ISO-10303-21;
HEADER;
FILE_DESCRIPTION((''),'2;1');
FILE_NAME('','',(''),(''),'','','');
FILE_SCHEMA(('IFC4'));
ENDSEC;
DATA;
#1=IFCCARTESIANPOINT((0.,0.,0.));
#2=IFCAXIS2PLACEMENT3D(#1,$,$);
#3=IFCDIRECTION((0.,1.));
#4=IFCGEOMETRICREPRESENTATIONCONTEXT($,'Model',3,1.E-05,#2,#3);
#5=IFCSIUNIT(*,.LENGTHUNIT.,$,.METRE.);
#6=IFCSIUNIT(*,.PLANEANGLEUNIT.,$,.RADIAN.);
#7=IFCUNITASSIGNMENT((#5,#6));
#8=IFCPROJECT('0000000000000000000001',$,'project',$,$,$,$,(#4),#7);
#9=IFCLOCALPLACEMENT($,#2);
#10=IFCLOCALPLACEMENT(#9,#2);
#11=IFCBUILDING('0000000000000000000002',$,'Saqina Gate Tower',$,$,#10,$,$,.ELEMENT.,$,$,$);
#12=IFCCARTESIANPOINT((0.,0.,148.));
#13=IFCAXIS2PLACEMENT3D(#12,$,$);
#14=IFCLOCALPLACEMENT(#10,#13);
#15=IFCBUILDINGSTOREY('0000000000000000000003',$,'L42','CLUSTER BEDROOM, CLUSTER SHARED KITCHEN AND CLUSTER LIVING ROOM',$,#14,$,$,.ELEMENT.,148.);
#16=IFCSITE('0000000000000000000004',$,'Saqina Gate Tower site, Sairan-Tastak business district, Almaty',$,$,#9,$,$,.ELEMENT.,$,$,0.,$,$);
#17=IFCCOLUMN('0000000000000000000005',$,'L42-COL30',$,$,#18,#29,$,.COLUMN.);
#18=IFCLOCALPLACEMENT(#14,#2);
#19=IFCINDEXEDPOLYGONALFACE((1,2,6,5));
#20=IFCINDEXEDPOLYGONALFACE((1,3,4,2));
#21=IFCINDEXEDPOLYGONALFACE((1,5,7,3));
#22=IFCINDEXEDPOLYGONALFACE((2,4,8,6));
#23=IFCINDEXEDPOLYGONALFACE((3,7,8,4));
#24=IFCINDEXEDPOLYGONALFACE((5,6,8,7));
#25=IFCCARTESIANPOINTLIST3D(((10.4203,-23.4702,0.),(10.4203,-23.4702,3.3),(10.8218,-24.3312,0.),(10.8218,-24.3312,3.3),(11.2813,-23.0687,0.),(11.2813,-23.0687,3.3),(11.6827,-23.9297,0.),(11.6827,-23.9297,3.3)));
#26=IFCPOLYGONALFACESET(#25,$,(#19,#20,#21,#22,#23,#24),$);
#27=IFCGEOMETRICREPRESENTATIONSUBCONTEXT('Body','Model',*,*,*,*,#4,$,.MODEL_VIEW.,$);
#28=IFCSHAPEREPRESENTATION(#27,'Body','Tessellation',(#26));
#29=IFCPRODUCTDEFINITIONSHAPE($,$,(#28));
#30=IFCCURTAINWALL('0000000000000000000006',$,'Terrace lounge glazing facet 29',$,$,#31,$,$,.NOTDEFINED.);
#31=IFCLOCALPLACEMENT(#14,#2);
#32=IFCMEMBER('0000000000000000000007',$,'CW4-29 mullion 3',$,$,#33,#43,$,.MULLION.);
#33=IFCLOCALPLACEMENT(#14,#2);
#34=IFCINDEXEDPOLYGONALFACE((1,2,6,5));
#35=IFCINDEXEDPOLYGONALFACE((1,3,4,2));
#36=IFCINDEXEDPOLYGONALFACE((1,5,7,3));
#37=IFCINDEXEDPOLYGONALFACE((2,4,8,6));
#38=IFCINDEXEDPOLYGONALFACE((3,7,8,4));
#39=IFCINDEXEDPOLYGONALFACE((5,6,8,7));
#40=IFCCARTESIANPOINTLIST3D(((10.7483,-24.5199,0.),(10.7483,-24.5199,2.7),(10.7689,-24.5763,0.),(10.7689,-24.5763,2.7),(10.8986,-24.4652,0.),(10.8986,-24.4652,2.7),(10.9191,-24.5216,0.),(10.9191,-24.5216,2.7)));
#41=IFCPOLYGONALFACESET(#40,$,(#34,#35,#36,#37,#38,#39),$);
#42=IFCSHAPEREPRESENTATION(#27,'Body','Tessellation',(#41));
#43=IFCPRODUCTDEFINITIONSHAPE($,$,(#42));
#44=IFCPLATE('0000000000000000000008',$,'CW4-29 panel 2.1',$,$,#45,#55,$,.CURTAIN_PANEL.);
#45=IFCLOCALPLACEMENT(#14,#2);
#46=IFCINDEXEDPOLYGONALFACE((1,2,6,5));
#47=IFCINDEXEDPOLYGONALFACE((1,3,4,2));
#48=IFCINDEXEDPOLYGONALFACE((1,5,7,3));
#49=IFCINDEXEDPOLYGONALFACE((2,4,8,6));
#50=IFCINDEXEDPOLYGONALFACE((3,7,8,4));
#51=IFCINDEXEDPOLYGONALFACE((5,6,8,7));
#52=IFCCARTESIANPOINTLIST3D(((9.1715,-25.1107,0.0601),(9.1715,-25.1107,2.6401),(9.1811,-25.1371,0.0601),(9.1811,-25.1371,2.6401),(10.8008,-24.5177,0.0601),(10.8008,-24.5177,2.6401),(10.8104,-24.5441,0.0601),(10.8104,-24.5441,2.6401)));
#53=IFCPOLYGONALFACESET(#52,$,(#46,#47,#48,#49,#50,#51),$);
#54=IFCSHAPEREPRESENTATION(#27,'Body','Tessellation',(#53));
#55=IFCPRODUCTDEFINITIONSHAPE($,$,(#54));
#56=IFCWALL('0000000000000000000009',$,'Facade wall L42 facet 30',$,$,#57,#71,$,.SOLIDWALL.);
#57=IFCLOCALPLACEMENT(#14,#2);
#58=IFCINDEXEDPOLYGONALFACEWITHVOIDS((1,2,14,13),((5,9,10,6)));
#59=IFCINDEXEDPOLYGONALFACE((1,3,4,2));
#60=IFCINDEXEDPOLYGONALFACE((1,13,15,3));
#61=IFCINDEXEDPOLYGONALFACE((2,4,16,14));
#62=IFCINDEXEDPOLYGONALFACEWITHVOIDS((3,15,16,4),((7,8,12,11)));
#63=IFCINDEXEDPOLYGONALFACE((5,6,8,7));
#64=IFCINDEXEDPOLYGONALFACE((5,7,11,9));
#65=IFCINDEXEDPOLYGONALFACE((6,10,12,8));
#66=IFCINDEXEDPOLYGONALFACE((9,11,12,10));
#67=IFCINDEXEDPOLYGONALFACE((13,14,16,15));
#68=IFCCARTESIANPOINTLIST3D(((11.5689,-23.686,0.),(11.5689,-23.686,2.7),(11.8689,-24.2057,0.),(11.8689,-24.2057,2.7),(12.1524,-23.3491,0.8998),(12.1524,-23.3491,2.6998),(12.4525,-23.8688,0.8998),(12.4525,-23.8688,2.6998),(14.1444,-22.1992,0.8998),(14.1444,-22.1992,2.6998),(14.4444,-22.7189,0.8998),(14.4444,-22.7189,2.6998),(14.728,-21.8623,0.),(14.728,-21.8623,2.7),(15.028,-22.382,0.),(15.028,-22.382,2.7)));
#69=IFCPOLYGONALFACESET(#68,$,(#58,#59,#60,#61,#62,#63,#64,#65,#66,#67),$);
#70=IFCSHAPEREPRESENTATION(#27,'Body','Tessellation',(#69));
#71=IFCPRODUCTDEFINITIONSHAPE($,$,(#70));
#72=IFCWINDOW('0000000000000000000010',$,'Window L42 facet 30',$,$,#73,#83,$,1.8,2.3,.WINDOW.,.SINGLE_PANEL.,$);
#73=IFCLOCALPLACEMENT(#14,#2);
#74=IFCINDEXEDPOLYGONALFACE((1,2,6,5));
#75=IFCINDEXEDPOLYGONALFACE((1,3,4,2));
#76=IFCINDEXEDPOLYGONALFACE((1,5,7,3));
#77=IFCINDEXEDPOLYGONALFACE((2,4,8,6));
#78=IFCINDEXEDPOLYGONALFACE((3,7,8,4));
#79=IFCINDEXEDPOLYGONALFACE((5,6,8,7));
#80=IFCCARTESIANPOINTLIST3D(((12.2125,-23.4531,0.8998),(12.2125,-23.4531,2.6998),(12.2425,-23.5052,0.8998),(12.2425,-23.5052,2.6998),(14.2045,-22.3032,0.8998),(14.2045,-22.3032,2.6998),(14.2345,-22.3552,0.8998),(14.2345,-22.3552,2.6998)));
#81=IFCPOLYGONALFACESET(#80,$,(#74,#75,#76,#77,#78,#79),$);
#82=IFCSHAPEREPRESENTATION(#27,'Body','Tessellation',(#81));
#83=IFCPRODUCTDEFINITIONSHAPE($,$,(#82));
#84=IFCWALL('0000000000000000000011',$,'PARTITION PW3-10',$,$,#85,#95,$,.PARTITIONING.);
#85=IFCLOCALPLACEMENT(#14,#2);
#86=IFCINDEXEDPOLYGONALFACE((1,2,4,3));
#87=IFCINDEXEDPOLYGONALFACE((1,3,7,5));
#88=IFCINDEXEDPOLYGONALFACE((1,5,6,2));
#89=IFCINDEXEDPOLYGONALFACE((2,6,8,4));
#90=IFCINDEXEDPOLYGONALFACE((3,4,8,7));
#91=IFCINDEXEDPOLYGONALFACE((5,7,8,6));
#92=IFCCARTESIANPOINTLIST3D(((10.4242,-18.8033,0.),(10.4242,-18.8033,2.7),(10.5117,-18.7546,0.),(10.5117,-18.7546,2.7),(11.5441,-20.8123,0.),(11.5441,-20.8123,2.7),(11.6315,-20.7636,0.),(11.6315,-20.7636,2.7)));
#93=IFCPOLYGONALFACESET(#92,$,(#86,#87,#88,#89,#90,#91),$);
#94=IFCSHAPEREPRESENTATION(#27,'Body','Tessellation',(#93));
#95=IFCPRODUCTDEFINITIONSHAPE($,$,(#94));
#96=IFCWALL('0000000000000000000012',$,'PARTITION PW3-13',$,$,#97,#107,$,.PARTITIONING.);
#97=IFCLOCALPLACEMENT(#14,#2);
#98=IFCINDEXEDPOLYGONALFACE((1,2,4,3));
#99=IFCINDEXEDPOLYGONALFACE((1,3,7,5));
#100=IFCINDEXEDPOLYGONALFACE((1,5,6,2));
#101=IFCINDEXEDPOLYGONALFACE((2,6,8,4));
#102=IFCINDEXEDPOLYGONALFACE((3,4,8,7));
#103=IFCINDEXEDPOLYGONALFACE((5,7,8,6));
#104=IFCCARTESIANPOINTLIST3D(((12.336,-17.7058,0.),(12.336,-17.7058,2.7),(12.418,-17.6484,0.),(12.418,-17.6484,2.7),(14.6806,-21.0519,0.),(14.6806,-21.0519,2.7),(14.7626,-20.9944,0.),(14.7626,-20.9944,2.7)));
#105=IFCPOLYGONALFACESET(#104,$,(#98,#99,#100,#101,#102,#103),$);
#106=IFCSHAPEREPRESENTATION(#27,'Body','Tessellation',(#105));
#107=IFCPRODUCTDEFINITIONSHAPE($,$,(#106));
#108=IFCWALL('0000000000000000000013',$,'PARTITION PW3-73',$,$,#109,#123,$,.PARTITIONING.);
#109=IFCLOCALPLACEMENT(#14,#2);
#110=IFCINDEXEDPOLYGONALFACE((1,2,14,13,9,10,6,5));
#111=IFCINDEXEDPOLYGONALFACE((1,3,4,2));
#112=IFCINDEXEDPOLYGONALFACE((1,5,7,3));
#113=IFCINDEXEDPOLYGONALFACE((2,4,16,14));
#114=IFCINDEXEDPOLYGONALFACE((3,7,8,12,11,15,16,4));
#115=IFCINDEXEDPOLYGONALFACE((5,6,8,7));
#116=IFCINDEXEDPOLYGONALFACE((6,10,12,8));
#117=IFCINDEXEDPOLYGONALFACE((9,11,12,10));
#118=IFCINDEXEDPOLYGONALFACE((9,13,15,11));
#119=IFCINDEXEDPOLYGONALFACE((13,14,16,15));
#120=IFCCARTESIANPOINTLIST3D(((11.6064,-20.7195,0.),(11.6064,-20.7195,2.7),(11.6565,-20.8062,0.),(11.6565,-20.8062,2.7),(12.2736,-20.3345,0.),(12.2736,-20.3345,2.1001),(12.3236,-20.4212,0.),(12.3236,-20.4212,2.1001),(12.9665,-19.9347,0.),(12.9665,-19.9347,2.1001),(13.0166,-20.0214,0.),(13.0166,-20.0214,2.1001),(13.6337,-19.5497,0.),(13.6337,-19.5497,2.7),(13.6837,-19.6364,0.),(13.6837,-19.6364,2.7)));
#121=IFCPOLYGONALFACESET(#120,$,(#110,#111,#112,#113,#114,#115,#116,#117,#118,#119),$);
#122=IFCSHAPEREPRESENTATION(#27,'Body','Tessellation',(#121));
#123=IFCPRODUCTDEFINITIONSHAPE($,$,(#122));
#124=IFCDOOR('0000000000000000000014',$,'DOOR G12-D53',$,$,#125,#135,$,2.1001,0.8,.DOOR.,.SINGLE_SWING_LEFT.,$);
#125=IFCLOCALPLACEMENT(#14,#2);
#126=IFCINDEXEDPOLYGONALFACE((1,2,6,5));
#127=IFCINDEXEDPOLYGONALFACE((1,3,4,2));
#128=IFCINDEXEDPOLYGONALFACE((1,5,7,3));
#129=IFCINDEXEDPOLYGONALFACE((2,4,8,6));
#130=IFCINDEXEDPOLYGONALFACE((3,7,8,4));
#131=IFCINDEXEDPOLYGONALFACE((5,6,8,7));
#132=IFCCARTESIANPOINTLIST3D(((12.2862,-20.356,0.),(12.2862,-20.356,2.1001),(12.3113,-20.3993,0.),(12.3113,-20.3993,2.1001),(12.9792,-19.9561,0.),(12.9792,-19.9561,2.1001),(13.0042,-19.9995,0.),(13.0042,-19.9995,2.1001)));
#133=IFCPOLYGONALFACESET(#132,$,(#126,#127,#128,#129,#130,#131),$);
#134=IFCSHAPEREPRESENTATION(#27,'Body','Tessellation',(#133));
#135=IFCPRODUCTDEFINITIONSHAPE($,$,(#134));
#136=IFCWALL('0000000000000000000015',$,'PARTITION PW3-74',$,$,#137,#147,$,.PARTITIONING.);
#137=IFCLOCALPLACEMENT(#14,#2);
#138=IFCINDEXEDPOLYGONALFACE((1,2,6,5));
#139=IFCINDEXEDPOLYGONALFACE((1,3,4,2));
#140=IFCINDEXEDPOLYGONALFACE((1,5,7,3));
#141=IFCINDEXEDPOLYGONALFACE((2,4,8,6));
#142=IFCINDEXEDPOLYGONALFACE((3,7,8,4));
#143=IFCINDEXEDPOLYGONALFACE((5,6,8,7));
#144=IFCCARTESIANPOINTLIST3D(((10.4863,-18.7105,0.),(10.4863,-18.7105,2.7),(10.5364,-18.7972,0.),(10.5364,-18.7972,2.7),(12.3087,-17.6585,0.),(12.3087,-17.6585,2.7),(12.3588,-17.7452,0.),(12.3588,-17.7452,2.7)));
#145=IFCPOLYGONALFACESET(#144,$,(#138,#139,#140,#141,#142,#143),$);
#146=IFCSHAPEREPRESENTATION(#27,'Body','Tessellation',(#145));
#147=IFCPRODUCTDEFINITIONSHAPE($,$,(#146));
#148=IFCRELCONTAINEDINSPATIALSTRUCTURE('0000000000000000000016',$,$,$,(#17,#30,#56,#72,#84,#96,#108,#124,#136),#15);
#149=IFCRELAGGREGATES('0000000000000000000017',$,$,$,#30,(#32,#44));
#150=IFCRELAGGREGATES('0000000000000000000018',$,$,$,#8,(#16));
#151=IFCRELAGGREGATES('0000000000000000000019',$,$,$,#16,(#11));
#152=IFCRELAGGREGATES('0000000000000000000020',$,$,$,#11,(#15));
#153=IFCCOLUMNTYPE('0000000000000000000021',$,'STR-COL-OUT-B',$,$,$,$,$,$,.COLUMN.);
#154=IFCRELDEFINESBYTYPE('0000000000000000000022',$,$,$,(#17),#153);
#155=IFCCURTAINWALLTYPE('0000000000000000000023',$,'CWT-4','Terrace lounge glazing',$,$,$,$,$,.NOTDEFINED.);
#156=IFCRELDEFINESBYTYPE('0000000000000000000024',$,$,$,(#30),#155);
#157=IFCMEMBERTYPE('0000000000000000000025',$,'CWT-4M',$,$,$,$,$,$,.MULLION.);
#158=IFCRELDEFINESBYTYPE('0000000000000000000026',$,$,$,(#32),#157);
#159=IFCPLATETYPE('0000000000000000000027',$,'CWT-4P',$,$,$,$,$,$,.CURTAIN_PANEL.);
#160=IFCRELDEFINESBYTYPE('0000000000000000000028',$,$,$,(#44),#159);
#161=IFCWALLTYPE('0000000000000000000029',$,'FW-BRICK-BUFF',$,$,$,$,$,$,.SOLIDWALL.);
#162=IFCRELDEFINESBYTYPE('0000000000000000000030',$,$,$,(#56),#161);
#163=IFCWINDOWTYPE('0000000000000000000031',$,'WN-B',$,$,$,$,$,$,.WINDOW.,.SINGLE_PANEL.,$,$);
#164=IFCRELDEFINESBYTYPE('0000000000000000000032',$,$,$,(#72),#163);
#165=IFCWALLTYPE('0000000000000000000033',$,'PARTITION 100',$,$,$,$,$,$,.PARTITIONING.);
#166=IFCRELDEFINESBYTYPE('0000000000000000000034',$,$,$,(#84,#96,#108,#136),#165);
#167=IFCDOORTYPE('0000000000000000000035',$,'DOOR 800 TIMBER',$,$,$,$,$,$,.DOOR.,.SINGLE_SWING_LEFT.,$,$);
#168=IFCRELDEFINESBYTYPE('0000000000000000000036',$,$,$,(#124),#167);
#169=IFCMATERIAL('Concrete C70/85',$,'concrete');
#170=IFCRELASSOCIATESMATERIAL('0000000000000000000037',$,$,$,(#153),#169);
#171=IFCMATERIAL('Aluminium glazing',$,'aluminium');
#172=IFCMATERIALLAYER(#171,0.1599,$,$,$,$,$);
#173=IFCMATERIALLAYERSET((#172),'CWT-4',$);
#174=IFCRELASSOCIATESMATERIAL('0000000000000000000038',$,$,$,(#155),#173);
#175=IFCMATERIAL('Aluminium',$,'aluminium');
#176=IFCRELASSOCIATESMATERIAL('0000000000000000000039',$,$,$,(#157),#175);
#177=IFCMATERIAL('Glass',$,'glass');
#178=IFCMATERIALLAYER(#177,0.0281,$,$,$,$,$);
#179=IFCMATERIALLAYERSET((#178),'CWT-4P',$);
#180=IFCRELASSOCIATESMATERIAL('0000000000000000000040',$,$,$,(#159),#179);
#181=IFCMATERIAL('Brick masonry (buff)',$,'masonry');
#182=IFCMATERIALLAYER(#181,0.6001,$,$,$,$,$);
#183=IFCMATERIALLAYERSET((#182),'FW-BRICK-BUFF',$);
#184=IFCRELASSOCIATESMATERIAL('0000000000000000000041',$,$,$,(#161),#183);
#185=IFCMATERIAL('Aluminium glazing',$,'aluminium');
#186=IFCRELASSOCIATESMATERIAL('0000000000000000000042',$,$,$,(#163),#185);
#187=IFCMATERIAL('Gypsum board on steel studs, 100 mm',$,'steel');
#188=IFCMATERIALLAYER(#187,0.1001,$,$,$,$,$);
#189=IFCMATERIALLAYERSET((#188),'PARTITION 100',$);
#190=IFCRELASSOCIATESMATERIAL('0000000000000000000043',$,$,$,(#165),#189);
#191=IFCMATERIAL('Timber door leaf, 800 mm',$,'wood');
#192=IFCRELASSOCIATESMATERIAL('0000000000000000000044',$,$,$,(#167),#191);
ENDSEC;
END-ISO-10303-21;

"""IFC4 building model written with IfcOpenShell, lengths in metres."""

from ifc_helpers import new_model, si_unit, direction, frame, frame_2d, origin, origin_2d, place, context, subcontext, project, spatial, rectangle, extrude, material, layer, layer_set, material_profile, profile_set, type_object, element, fill, aggregate, save


model = new_model("IFC4")

# Units and contexts
model_context = context("Model", 3, precision=1e-05, world=origin(), true_north=direction((0.0, 1.0)))
body_context = subcontext(model_context, "Body", "Model", "MODEL_VIEW")
ifc_project = project(units=[si_unit("LENGTHUNIT", "METRE"), si_unit("PLANEANGLEUNIT", "RADIAN")], contexts=[model_context])

# Site, building, storey
site_placement = place(None, origin())
site = spatial("IfcSite", under=ifc_project, at=site_placement, Name="Saqina Gate Tower site, Sairan-Tastak business district, Almaty", CompositionType="ELEMENT", RefElevation=0.0)
building_placement = place(site_placement, origin())
building = spatial("IfcBuilding", under=site, at=building_placement, Name="Saqina Gate Tower", CompositionType="ELEMENT")
storey_placement = place(building_placement, frame((0.0, 0.0, 148.0)))
storey = spatial("IfcBuildingStorey", under=building, at=storey_placement, Name="L42", Description="CLUSTER BEDROOM, CLUSTER SHARED KITCHEN AND CLUSTER LIVING ROOM", CompositionType="ELEMENT", Elevation=148.0)

# Column
ifc_material_1 = material(Name="Concrete C70/85", Category="concrete")
ifc_material_profile_1 = material_profile(ifc_material_1, rectangle(XDim=0.95, YDim=0.95, at=origin_2d()), Name="RC 950x950")
ifc_profile_set_1 = profile_set([ifc_material_profile_1], Name="Concrete C70/85")
column_type = type_object("IfcColumnType", Name="STR-COL-OUT-B", PredefinedType="COLUMN", material=ifc_profile_set_1)
column_placement = place(storey_placement, frame((11.0515, -23.7, 0.0), z_axis=(0.0, 0.0, 1.0), x_axis=(0.422618, -0.906308, 0.0)))
element("IfcColumn", 1, at=column_placement, inside=storey, type_object=column_type, Name="L42-COL30", PredefinedType="COLUMN", context=body_context, shape_type="SweptSolid", body=[
    extrude(rectangle(XDim=0.95, YDim=0.95, at=origin_2d()), origin(), (0.0, 0.0, 1.0), 3.3),
])

# Curtain wall, member, plate
ifc_material_2 = material(Name="Aluminium glazing", Category="aluminium")
ifc_layer_1 = layer(ifc_material_2, 0.1599)
ifc_layer_set_1 = layer_set([ifc_layer_1], Name="CWT-4")
curtain_wall_type = type_object("IfcCurtainWallType", Name="CWT-4", Description="Terrace lounge glazing", PredefinedType="NOTDEFINED", material=ifc_layer_set_1)
curtain_wall_placement = place(storey_placement, origin())
curtain_wall = element("IfcCurtainWall", 2, at=curtain_wall_placement, inside=storey, type_object=curtain_wall_type, Name="Terrace lounge glazing facet 29", PredefinedType="NOTDEFINED")
ifc_material_3 = material(Name="Aluminium", Category="aluminium")
ifc_material_profile_2 = material_profile(ifc_material_3, rectangle(XDim=0.0601, YDim=0.1599, at=origin_2d()), Name="Aluminium 60x160")
ifc_profile_set_2 = profile_set([ifc_material_profile_2], Name="Aluminium")
member_type = type_object("IfcMemberType", Name="CWT-4M", PredefinedType="MULLION", material=ifc_profile_set_2)
member_placement = place(storey_placement, frame((10.8337, -24.5208, 0.0), z_axis=(0.0, 0.0, 1.0), x_axis=(-0.342016, 0.939694, 0.0)))
member = element("IfcMember", 3, at=member_placement, type_object=member_type, Name="CW4-29 mullion 3", PredefinedType="MULLION", context=body_context, shape_type="SweptSolid", body=[
    extrude(rectangle(XDim=0.0601, YDim=0.1599, at=origin_2d()), origin(), (0.0, 0.0, 1.0), 2.7),
])
ifc_material_4 = material(Name="Glass", Category="glass")
ifc_layer_2 = layer(ifc_material_4, 0.0281)
ifc_layer_set_2 = layer_set([ifc_layer_2], Name="CWT-4P")
plate_type = type_object("IfcPlateType", Name="CWT-4P", PredefinedType="CURTAIN_PANEL", material=ifc_layer_set_2)
plate_placement = place(storey_placement, frame((9.991, -24.8274, 0.0601), z_axis=(0.0, 0.0, 1.0), x_axis=(0.939694, 0.342016, 0.0)))
plate = element("IfcPlate", 4, at=plate_placement, type_object=plate_type, Name="CW4-29 panel 2.1", PredefinedType="CURTAIN_PANEL", context=body_context, shape_type="SweptSolid", body=[
    extrude(rectangle(XDim=1.7339, YDim=0.0281, at=origin_2d()), origin(), (0.0, 0.0, 1.0), 2.5801),
])
aggregate(curtain_wall, [member, plate])

# Wall, opening, window
ifc_material_5 = material(Name="Brick masonry (buff)", Category="masonry")
ifc_layer_3 = layer(ifc_material_5, 0.6001)
ifc_layer_set_3 = layer_set([ifc_layer_3], Name="FW-BRICK-BUFF")
wall_type_1 = type_object("IfcWallType", Name="FW-BRICK-BUFF", PredefinedType="SOLIDWALL", material=ifc_layer_set_3)
wall_1_placement = place(storey_placement, frame((11.719, -23.9458, 0.0), z_axis=(0.0, 0.0, 1.0), x_axis=(0.866052, 0.499954, 0.0)))
wall_1 = element("IfcWall", 5, at=wall_1_placement, inside=storey, type_object=wall_type_1, Name="Facade wall L42 facet 30", PredefinedType="SOLIDWALL", context=body_context, shape_type="SweptSolid", body=[
    extrude(rectangle(XDim=3.6477, YDim=0.6001, at=frame_2d((1.8237, 0.0))), origin(), (0.0, 0.0, 1.0), 2.7),
])
opening_1_placement = place(wall_1_placement, frame((0.6738, 0.0, 0.8999)))
opening_1 = element("IfcOpeningElement", 6, at=opening_1_placement, cuts=wall_1, PredefinedType="OPENING", context=body_context, shape_type="SweptSolid", body=[
    extrude(rectangle(XDim=2.3, YDim=1.8, at=frame_2d((1.1499, 0.8999))), frame((0.0, 0.312, 0.0), z_axis=(0.0, -1.0, 0.0), x_axis=(1.0, 0.0, 0.0)), (0.0, 0.0, 1.0), 0.624),
])
ifc_material_6 = material(Name="Aluminium glazing", Category="aluminium")
window_type = type_object("IfcWindowType", Name="WN-B", PartitioningType="SINGLE_PANEL", PredefinedType="WINDOW", material=ifc_material_6)
window_placement = place(opening_1_placement, origin())
window = element("IfcWindow", 7, at=window_placement, inside=storey, type_object=window_type, Name="Window L42 facet 30", OverallHeight=1.8, OverallWidth=2.3, PartitioningType="SINGLE_PANEL", PredefinedType="WINDOW", context=body_context, shape_type="SweptSolid", body=[
    extrude(rectangle(XDim=2.3, YDim=1.8, at=frame_2d((1.1499, 0.8999))), frame((0.0, 0.1799, 0.0), z_axis=(0.0, -1.0, 0.0), x_axis=(1.0, 0.0, 0.0)), (0.0, 0.0, 1.0), 0.0601),
])
fill(opening_1, window)

# Walls
ifc_material_7 = material(Name="Gypsum board on steel studs, 100 mm", Category="steel")
ifc_layer_4 = layer(ifc_material_7, 0.1001)
ifc_layer_set_4 = layer_set([ifc_layer_4], Name="PARTITION 100")
wall_type_2 = type_object("IfcWallType", Name="PARTITION 100", PredefinedType="PARTITIONING", material=ifc_layer_set_4)
wall_2_placement = place(storey_placement, frame((10.468, -18.7791, 0.0), z_axis=(0.0, 0.0, 1.0), x_axis=(0.486886, -0.873465, 0.0)))
element("IfcWall", 8, at=wall_2_placement, inside=storey, type_object=wall_type_2, Name="PARTITION PW3-10", PredefinedType="PARTITIONING", context=body_context, shape_type="SweptSolid", body=[
    extrude(rectangle(XDim=2.3, YDim=0.1001, at=frame_2d((1.1499, 0.0))), origin(), (0.0, 0.0, 1.0), 2.7),
])
wall_3_placement = place(storey_placement, frame((12.377, -17.677, 0.0), z_axis=(0.0, 0.0, 1.0), x_axis=(0.573843, -0.818965, 0.0)))
element("IfcWall", 9, at=wall_3_placement, inside=storey, type_object=wall_type_2, Name="PARTITION PW3-13", PredefinedType="PARTITIONING", context=body_context, shape_type="SweptSolid", body=[
    extrude(rectangle(XDim=4.0857, YDim=0.1001, at=frame_2d((2.043, 0.0))), origin(), (0.0, 0.0, 1.0), 2.7),
])

# Wall, opening, door
wall_4_placement = place(storey_placement, frame((11.6313, -20.7629, 0.0), z_axis=(0.0, 0.0, 1.0), x_axis=(0.86613, 0.499819, 0.0)))
wall_4 = element("IfcWall", 10, at=wall_4_placement, inside=storey, type_object=wall_type_2, Name="PARTITION PW3-73", PredefinedType="PARTITIONING", context=body_context, shape_type="SweptSolid", body=[
    extrude(rectangle(XDim=2.3406, YDim=0.1001, at=frame_2d((1.1704, 0.0))), origin(), (0.0, 0.0, 1.0), 2.7),
])
opening_2_placement = place(wall_4_placement, frame((0.7705, 0.0, 0.0)))
opening_2 = element("IfcOpeningElement", 11, at=opening_2_placement, cuts=wall_4, PredefinedType="OPENING", context=body_context, shape_type="SweptSolid", body=[
    extrude(rectangle(XDim=0.8, YDim=2.1001, at=frame_2d((0.3999, 1.05))), frame((0.0, 0.062, 0.0), z_axis=(0.0, -1.0, 0.0), x_axis=(1.0, 0.0, 0.0)), (0.0, 0.0, 1.0), 0.124),
])
ifc_material_8 = material(Name="Timber door leaf, 800 mm", Category="wood")
door_type_1 = type_object("IfcDoorType", Name="DOOR 800 TIMBER", OperationType="SINGLE_SWING_LEFT", PredefinedType="DOOR", material=ifc_material_8)
door_1_placement = place(opening_2_placement, frame((0.8, 0.0, 0.0), z_axis=(0.0, 0.0, 1.0), x_axis=(-1.0, 0.0, 0.0)))
door_1 = element("IfcDoor", 12, at=door_1_placement, inside=storey, type_object=door_type_1, Name="DOOR G12-D53", OperationType="SINGLE_SWING_LEFT", OverallHeight=2.1001, OverallWidth=0.8, PredefinedType="DOOR", context=body_context, shape_type="SweptSolid", body=[
    extrude(rectangle(XDim=0.8, YDim=2.1001, at=frame_2d((0.3999, 1.05))), frame((0.0, 0.0249, 0.0), z_axis=(0.0, -1.0, 0.0), x_axis=(1.0, 0.0, 0.0)), (0.0, 0.0, 1.0), 0.05),
])
fill(opening_2, door_1)

# Wall
wall_5_placement = place(storey_placement, frame((10.5112, -18.7539, 0.0), z_axis=(0.0, 0.0, 1.0), x_axis=(0.866072, 0.49992, 0.0)))
element("IfcWall", 13, at=wall_5_placement, inside=storey, type_object=wall_type_2, Name="PARTITION PW3-74", PredefinedType="PARTITIONING", context=body_context, shape_type="SweptSolid", body=[
    extrude(rectangle(XDim=2.1042, YDim=0.1001, at=frame_2d((1.0522, 0.0))), origin(), (0.0, 0.0, 1.0), 2.7),
])

save(model, "model.ifc")
